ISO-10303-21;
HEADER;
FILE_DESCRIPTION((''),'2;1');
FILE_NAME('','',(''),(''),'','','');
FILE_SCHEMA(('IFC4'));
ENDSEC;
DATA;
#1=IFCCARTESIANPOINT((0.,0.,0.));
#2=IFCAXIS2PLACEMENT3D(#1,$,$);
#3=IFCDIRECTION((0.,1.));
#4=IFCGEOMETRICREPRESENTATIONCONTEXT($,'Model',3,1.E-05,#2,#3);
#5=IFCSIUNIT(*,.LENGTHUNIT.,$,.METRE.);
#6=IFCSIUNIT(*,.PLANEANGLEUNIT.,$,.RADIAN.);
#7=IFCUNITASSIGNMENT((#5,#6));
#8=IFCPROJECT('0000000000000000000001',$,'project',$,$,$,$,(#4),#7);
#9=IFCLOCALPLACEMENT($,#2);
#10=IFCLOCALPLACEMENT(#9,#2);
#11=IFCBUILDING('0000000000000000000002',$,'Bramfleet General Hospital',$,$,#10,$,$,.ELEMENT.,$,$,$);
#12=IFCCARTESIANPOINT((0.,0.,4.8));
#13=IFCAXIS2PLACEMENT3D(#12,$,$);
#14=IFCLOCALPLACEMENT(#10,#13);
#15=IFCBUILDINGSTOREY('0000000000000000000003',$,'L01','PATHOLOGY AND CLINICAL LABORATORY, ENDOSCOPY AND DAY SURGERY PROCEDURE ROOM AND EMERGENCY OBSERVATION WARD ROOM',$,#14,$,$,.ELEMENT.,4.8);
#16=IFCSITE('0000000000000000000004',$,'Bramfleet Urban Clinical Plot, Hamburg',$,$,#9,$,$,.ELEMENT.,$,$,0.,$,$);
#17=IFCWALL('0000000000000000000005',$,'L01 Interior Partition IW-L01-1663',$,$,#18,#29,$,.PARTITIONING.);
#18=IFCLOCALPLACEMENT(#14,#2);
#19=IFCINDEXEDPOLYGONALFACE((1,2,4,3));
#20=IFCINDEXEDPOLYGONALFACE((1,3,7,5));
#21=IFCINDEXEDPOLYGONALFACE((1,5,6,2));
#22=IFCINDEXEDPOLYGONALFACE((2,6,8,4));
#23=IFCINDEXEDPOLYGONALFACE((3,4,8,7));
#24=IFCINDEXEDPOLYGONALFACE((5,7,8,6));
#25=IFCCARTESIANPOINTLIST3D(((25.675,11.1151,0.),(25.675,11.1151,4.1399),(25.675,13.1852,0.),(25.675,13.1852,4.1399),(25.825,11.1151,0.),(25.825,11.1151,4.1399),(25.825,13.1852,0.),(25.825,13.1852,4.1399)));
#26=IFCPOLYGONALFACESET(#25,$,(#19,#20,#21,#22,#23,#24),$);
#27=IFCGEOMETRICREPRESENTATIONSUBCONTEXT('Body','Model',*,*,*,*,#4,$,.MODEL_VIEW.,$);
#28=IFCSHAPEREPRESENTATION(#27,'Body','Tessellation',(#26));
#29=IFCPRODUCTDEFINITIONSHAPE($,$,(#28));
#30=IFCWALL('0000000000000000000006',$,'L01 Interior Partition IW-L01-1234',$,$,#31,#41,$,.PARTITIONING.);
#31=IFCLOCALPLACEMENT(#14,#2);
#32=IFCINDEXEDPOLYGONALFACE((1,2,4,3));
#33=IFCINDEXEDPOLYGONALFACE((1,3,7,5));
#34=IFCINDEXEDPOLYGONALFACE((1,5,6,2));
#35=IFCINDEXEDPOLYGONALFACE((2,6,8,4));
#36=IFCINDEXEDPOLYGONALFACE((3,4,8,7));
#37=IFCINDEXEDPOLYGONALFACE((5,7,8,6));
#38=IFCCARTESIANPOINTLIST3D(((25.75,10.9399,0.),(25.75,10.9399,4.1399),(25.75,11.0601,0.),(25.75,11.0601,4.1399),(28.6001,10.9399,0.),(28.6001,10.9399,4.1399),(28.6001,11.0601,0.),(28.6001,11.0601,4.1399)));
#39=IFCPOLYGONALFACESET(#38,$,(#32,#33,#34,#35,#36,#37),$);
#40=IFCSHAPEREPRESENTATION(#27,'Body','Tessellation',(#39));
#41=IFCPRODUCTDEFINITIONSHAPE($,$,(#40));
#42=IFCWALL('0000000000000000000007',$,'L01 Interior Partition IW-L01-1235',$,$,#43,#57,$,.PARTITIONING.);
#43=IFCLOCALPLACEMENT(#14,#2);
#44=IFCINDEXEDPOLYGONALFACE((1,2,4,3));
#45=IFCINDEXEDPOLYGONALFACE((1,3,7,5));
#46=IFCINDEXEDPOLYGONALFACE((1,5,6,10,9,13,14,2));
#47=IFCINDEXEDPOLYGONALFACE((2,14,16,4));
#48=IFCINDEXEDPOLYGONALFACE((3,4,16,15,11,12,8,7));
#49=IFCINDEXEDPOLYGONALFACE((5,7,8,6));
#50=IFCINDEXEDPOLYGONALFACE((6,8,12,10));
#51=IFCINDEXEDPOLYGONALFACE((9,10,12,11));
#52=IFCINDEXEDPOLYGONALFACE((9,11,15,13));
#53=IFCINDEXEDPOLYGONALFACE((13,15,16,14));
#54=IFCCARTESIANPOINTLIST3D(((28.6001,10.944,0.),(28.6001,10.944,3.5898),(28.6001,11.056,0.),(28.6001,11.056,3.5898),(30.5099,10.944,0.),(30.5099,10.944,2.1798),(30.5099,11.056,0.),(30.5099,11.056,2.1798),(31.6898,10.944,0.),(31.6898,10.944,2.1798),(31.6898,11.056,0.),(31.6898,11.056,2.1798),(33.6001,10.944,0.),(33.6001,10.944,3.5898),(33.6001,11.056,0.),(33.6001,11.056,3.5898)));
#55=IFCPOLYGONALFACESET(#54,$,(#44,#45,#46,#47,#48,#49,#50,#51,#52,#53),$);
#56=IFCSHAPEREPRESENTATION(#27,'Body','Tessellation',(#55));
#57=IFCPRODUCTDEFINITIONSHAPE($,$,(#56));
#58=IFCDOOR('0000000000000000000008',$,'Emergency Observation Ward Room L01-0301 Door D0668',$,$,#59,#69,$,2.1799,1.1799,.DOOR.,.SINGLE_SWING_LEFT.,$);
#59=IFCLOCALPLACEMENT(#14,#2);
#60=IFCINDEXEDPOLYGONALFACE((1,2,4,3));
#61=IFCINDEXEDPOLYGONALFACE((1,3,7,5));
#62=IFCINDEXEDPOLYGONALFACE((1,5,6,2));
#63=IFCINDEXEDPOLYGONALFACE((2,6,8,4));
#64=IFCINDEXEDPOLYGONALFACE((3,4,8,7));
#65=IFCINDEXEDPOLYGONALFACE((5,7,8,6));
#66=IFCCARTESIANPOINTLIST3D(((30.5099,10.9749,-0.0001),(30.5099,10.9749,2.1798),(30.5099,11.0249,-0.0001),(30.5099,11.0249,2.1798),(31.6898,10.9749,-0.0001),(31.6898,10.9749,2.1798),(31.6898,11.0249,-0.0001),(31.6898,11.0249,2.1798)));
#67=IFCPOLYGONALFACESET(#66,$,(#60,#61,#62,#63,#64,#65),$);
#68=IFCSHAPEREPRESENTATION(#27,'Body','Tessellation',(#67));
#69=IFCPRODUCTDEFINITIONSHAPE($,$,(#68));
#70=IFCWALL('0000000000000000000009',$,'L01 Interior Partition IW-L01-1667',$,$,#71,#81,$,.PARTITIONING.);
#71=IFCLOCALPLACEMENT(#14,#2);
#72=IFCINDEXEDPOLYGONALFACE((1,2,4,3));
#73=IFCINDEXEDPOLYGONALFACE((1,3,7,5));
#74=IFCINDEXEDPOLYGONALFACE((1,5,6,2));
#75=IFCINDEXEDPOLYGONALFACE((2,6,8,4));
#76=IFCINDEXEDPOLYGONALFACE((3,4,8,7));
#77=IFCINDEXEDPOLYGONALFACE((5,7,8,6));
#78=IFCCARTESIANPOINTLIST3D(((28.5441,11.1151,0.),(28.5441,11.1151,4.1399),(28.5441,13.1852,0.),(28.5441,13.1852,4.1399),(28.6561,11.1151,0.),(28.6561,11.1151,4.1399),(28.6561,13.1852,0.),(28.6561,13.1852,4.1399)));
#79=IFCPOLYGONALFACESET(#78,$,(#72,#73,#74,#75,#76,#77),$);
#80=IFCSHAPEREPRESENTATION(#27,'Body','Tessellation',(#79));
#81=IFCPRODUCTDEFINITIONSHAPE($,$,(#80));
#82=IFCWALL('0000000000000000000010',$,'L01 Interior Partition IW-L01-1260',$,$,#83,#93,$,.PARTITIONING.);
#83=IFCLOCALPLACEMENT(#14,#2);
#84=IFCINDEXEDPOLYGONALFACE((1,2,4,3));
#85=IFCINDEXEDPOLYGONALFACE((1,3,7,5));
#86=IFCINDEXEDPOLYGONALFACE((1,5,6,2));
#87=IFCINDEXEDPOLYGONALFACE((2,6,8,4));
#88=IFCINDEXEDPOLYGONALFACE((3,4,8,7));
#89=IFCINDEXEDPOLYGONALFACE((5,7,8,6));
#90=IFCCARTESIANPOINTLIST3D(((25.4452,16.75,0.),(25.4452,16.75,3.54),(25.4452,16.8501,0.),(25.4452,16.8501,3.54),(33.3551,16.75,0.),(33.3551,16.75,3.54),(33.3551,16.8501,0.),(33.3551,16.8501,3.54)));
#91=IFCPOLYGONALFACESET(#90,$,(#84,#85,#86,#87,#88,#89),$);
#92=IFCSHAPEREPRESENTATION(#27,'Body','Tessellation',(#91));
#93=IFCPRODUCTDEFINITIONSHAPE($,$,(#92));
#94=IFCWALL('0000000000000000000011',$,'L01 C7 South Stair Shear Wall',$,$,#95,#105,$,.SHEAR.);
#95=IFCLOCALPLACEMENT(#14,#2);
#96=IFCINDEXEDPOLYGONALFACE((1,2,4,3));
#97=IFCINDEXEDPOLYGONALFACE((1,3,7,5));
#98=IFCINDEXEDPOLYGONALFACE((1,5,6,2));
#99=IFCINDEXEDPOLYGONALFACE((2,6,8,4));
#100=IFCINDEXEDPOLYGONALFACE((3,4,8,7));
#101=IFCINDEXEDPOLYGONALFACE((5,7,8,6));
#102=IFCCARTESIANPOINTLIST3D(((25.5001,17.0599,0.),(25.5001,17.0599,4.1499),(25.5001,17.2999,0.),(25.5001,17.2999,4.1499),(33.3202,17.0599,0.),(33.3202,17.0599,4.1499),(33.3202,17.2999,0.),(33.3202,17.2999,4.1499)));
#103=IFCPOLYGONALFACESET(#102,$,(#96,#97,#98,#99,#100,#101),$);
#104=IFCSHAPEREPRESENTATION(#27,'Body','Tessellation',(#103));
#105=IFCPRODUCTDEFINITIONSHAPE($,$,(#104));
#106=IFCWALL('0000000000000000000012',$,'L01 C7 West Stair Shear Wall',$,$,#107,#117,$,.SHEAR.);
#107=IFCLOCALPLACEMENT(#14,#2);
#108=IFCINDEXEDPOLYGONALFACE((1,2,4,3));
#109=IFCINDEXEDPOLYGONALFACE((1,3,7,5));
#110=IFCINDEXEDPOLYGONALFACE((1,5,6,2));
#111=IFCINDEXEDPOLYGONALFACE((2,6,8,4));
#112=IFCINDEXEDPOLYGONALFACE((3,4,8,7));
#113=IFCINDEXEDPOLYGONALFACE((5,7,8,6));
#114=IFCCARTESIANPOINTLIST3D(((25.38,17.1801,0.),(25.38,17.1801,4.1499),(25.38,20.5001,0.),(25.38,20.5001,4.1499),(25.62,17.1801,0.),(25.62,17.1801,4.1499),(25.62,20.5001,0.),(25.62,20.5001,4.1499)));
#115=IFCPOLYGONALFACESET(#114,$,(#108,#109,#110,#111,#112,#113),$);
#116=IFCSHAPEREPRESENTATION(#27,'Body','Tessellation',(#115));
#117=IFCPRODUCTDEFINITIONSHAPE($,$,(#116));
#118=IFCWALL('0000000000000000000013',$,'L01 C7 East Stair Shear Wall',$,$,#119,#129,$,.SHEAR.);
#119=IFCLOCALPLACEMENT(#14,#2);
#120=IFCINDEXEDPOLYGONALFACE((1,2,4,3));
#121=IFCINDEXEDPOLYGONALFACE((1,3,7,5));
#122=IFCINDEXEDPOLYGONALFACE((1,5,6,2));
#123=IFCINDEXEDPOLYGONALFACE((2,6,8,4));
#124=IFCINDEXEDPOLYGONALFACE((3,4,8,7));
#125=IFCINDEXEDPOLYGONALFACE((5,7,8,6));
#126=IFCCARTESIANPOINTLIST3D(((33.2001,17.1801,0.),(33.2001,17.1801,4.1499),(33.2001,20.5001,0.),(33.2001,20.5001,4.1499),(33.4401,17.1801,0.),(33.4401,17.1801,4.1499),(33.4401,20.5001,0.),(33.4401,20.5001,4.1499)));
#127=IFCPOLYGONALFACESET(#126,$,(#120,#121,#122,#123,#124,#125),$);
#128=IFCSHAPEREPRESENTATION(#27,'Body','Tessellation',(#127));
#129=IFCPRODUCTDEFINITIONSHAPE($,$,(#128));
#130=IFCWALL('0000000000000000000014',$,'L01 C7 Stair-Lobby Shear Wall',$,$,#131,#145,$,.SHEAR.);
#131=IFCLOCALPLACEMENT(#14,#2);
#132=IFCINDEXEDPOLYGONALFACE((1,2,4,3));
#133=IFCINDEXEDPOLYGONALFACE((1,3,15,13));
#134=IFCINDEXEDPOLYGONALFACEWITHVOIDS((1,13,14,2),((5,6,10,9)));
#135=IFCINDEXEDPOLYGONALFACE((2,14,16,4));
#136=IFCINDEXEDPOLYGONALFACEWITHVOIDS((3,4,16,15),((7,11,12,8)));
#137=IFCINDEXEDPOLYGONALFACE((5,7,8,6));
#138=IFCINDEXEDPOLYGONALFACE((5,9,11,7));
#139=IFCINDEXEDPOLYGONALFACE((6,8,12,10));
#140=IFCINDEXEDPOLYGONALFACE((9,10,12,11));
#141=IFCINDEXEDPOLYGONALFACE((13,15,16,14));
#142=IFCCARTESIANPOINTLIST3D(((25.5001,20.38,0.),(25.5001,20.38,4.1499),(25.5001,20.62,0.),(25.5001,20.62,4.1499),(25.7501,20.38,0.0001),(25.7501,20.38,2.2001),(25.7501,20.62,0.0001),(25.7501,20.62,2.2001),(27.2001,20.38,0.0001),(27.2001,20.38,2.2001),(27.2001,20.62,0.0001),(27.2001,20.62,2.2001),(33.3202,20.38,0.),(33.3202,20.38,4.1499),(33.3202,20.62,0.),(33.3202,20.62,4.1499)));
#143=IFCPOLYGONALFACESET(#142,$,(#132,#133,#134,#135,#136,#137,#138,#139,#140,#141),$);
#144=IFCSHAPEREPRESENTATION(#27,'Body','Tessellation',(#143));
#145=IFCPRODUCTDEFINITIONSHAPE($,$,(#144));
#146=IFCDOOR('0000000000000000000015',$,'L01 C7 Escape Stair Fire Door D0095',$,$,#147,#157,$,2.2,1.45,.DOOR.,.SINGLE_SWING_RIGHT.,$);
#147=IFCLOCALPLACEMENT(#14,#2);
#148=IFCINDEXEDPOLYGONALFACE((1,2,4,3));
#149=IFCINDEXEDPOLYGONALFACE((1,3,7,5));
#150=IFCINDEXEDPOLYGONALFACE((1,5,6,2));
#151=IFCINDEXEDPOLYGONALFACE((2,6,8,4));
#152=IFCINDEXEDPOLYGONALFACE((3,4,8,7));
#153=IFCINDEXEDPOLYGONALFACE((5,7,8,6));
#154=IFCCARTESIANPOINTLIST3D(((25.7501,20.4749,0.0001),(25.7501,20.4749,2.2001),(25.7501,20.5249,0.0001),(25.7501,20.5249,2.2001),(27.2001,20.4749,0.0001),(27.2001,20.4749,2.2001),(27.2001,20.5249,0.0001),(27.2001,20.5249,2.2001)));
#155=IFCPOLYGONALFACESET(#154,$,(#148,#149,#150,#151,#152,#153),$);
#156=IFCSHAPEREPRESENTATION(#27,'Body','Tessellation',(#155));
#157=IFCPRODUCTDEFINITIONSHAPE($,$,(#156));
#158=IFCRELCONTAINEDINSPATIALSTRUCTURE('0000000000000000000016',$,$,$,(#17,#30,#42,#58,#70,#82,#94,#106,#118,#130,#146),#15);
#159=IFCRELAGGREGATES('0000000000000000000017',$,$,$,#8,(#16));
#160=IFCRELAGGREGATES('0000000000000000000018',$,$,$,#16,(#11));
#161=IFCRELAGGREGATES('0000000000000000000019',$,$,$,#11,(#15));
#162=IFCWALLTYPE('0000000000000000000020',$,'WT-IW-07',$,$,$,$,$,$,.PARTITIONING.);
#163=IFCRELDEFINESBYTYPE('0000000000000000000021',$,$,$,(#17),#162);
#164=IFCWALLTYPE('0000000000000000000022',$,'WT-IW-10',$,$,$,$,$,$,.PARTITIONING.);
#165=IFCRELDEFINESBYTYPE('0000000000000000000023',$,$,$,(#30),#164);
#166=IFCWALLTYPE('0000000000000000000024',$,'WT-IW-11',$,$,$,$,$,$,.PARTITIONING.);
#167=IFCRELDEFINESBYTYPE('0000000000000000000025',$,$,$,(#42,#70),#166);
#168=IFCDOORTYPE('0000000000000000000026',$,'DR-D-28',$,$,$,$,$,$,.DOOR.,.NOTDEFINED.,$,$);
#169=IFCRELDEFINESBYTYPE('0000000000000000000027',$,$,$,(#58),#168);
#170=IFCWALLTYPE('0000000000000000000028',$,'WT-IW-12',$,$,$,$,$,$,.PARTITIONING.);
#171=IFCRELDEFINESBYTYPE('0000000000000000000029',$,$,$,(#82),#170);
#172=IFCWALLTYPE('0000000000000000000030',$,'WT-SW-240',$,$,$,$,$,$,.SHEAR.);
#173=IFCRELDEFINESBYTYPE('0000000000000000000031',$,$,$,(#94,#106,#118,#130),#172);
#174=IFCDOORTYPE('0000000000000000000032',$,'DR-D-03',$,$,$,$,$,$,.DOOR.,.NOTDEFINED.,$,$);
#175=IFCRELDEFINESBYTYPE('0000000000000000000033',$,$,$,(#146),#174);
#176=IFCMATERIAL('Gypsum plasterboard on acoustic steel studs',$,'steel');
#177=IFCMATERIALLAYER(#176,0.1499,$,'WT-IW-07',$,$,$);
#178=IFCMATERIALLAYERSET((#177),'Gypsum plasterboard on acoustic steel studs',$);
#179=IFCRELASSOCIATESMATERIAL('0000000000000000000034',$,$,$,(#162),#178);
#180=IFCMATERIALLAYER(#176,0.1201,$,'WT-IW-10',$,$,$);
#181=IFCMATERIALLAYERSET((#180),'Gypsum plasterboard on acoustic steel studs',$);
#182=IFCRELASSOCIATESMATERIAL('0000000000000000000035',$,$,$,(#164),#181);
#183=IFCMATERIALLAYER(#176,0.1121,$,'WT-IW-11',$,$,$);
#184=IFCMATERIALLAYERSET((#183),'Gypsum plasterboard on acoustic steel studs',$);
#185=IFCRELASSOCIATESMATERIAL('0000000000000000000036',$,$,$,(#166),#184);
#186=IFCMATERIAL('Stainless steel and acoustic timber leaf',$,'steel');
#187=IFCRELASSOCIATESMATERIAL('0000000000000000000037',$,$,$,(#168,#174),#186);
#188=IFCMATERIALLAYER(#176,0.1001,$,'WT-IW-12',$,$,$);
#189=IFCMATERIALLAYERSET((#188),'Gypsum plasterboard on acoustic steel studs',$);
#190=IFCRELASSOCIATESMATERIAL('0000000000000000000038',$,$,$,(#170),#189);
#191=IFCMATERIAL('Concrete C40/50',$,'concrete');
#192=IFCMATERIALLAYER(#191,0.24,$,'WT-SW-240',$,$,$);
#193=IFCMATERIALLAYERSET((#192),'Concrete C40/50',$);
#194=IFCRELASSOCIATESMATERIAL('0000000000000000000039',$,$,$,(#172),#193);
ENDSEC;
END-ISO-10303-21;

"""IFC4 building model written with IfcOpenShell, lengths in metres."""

from ifc_helpers import new_model, si_unit, direction, frame, frame_2d, origin, place, context, subcontext, project, spatial, rectangle, extrude, material, layer, layer_set, type_object, element, fill, save


model = new_model("IFC4")

# Units and contexts
model_context = context("Model", 3, precision=1e-05, world=origin(), true_north=direction((0.0, 1.0)))
body_context = subcontext(model_context, "Body", "Model", "MODEL_VIEW")
ifc_project = project(units=[si_unit("LENGTHUNIT", "METRE"), si_unit("PLANEANGLEUNIT", "RADIAN")], contexts=[model_context])

# Site, building, storey
site_placement = place(None, origin())
site = spatial("IfcSite", under=ifc_project, at=site_placement, Name="Bramfleet Urban Clinical Plot, Hamburg", CompositionType="ELEMENT", RefElevation=0.0)
building_placement = place(site_placement, origin())
building = spatial("IfcBuilding", under=site, at=building_placement, Name="Bramfleet General Hospital", CompositionType="ELEMENT")
storey_placement = place(building_placement, frame((0.0, 0.0, 4.8)))
storey = spatial("IfcBuildingStorey", under=building, at=storey_placement, Name="L01", Description="PATHOLOGY AND CLINICAL LABORATORY, ENDOSCOPY AND DAY SURGERY PROCEDURE ROOM AND EMERGENCY OBSERVATION WARD ROOM", CompositionType="ELEMENT", Elevation=4.8)

# Shared definitions
ifc_material_1 = material(Name="Stainless steel and acoustic timber leaf", Category="steel")
ifc_material_2 = material(Name="Gypsum plasterboard on acoustic steel studs", Category="steel")
ifc_layer_1 = layer(ifc_material_2, 0.1499, Name="WT-IW-07")
ifc_layer_set_1 = layer_set([ifc_layer_1], Name="Gypsum plasterboard on acoustic steel studs")
wall_type_1 = type_object("IfcWallType", Name="WT-IW-07", PredefinedType="PARTITIONING", material=ifc_layer_set_1)

# Walls
wall_1_placement = place(storey_placement, frame((25.75, 11.115, 0.0), z_axis=(0.0, 0.0, 1.0), x_axis=(0.0, 1.0, 0.0)))
element("IfcWall", 1, at=wall_1_placement, inside=storey, type_object=wall_type_1, Name="L01 Interior Partition IW-L01-1663", PredefinedType="PARTITIONING", context=body_context, shape_type="SweptSolid", body=[
    extrude(rectangle(XDim=2.0701, YDim=0.1499, at=frame_2d((1.0352, 0.0))), origin(), (0.0, 0.0, 1.0), 4.1399),
])
ifc_layer_2 = layer(ifc_material_2, 0.1201, Name="WT-IW-10")
ifc_layer_set_2 = layer_set([ifc_layer_2], Name="Gypsum plasterboard on acoustic steel studs")
wall_type_2 = type_object("IfcWallType", Name="WT-IW-10", PredefinedType="PARTITIONING", material=ifc_layer_set_2)
wall_2_placement = place(storey_placement, frame((25.75, 11.0, 0.0), z_axis=(0.0, 0.0, 1.0), x_axis=(1.0, 0.0, 0.0)))
element("IfcWall", 2, at=wall_2_placement, inside=storey, type_object=wall_type_2, Name="L01 Interior Partition IW-L01-1234", PredefinedType="PARTITIONING", context=body_context, shape_type="SweptSolid", body=[
    extrude(rectangle(XDim=2.8501, YDim=0.1201, at=frame_2d((1.425, 0.0))), origin(), (0.0, 0.0, 1.0), 4.1399),
])

# Wall, opening, door
ifc_layer_3 = layer(ifc_material_2, 0.1121, Name="WT-IW-11")
ifc_layer_set_3 = layer_set([ifc_layer_3], Name="Gypsum plasterboard on acoustic steel studs")
wall_type_3 = type_object("IfcWallType", Name="WT-IW-11", PredefinedType="PARTITIONING", material=ifc_layer_set_3)
wall_3_placement = place(storey_placement, frame((28.6001, 11.0, 0.0), z_axis=(0.0, 0.0, 1.0), x_axis=(1.0, 0.0, 0.0)))
wall_3 = element("IfcWall", 3, at=wall_3_placement, inside=storey, type_object=wall_type_3, Name="L01 Interior Partition IW-L01-1235", PredefinedType="PARTITIONING", context=body_context, shape_type="SweptSolid", body=[
    extrude(rectangle(XDim=5.0, YDim=0.1121, at=frame_2d((2.5, 0.0))), origin(), (0.0, 0.0, 1.0), 3.5898),
])
opening_1_placement = place(wall_3_placement, frame((1.9099, 0.0, 0.0)))
opening_1 = element("IfcOpeningElement", 4, at=opening_1_placement, cuts=wall_3, PredefinedType="OPENING", context=body_context, shape_type="SweptSolid", body=[
    extrude(rectangle(XDim=1.1799, YDim=2.1799, at=frame_2d((0.5898, 1.0898))), frame((0.0, 0.0659, 0.0), z_axis=(0.0, -1.0, 0.0), x_axis=(1.0, 0.0, 0.0)), (0.0, 0.0, 1.0), 0.1321),
])
door_type_1 = type_object("IfcDoorType", Name="DR-D-28", OperationType="NOTDEFINED", PredefinedType="DOOR", material=ifc_material_1)
door_1_placement = place(opening_1_placement, origin())
door_1 = element("IfcDoor", 5, at=door_1_placement, inside=storey, type_object=door_type_1, Name="Emergency Observation Ward Room L01-0301 Door D0668", OperationType="SINGLE_SWING_LEFT", OverallHeight=2.1799, OverallWidth=1.1799, PredefinedType="DOOR", context=body_context, shape_type="SweptSolid", body=[
    extrude(rectangle(XDim=1.1799, YDim=2.1799, at=frame_2d((0.5898, 1.0898))), frame((0.0, 0.0249, 0.0), z_axis=(0.0, -1.0, 0.0), x_axis=(1.0, 0.0, 0.0)), (0.0, 0.0, 1.0), 0.05),
])
fill(opening_1, door_1)

# Walls
wall_4_placement = place(storey_placement, frame((28.6001, 11.115, 0.0), z_axis=(0.0, 0.0, 1.0), x_axis=(0.0, 1.0, 0.0)))
element("IfcWall", 6, at=wall_4_placement, inside=storey, type_object=wall_type_3, Name="L01 Interior Partition IW-L01-1667", PredefinedType="PARTITIONING", context=body_context, shape_type="SweptSolid", body=[
    extrude(rectangle(XDim=2.0701, YDim=0.1121, at=frame_2d((1.0352, 0.0))), origin(), (0.0, 0.0, 1.0), 4.1399),
])
ifc_layer_4 = layer(ifc_material_2, 0.1001, Name="WT-IW-12")
ifc_layer_set_4 = layer_set([ifc_layer_4], Name="Gypsum plasterboard on acoustic steel studs")
wall_type_4 = type_object("IfcWallType", Name="WT-IW-12", PredefinedType="PARTITIONING", material=ifc_layer_set_4)
wall_5_placement = place(storey_placement, frame((25.4451, 16.8, 0.0), z_axis=(0.0, 0.0, 1.0), x_axis=(1.0, 0.0, 0.0)))
element("IfcWall", 7, at=wall_5_placement, inside=storey, type_object=wall_type_4, Name="L01 Interior Partition IW-L01-1260", PredefinedType="PARTITIONING", context=body_context, shape_type="SweptSolid", body=[
    extrude(rectangle(XDim=7.9099, YDim=0.1001, at=frame_2d((3.9551, 0.0))), origin(), (0.0, 0.0, 1.0), 3.54),
])
ifc_material_3 = material(Name="Concrete C40/50", Category="concrete")
ifc_layer_5 = layer(ifc_material_3, 0.24, Name="WT-SW-240")
ifc_layer_set_5 = layer_set([ifc_layer_5], Name="Concrete C40/50")
wall_type_5 = type_object("IfcWallType", Name="WT-SW-240", PredefinedType="SHEAR", material=ifc_layer_set_5)
wall_6_placement = place(storey_placement, frame((25.5, 17.1799, 0.0), z_axis=(0.0, 0.0, 1.0), x_axis=(1.0, 0.0, 0.0)))
element("IfcWall", 8, at=wall_6_placement, inside=storey, type_object=wall_type_5, Name="L01 C7 South Stair Shear Wall", PredefinedType="SHEAR", context=body_context, shape_type="SweptSolid", body=[
    extrude(rectangle(XDim=7.8201, YDim=0.24, at=frame_2d((3.9102, 0.0))), origin(), (0.0, 0.0, 1.0), 4.1499),
])
for number, where, z_axis, x_axis, name in (
    (9, (25.5, 17.1799, 0.0), (0.0, 0.0, 1.0), (0.0, 1.0, 0.0), "L01 C7 West Stair Shear Wall"),
    (10, (33.3201, 17.1799, 0.0), (0.0, 0.0, 1.0), (0.0, 1.0, 0.0), "L01 C7 East Stair Shear Wall"),
):
    element("IfcWall", number, at=place(storey_placement, frame(where, z_axis=z_axis, x_axis=x_axis)), inside=storey, type_object=wall_type_5, Name=name, PredefinedType="SHEAR", context=body_context, shape_type="SweptSolid", body=[
        extrude(rectangle(XDim=3.3201, YDim=0.24, at=frame_2d((1.6602, 0.0))), origin(), (0.0, 0.0, 1.0), 4.1499),
    ])

# Wall, opening, door
wall_7_placement = place(storey_placement, frame((25.5, 20.5, 0.0), z_axis=(0.0, 0.0, 1.0), x_axis=(1.0, 0.0, 0.0)))
wall_7 = element("IfcWall", 11, at=wall_7_placement, inside=storey, type_object=wall_type_5, Name="L01 C7 Stair-Lobby Shear Wall", PredefinedType="SHEAR", context=body_context, shape_type="SweptSolid", body=[
    extrude(rectangle(XDim=7.8201, YDim=0.24, at=frame_2d((3.9102, 0.0))), origin(), (0.0, 0.0, 1.0), 4.1499),
])
opening_2_placement = place(wall_7_placement, frame((0.25, 0.0, 0.0)))
opening_2 = element("IfcOpeningElement", 12, at=opening_2_placement, cuts=wall_7, PredefinedType="OPENING", context=body_context, shape_type="SweptSolid", body=[
    extrude(rectangle(XDim=1.45, YDim=2.2, at=frame_2d((0.7251, 1.1001))), frame((0.0, 0.1299, 0.0), z_axis=(0.0, -1.0, 0.0), x_axis=(1.0, 0.0, 0.0)), (0.0, 0.0, 1.0), 0.26),
])
door_type_2 = type_object("IfcDoorType", Name="DR-D-03", OperationType="NOTDEFINED", PredefinedType="DOOR", material=ifc_material_1)
door_2_placement = place(opening_2_placement, origin())
door_2 = element("IfcDoor", 13, at=door_2_placement, inside=storey, type_object=door_type_2, Name="L01 C7 Escape Stair Fire Door D0095", OperationType="SINGLE_SWING_RIGHT", OverallHeight=2.2, OverallWidth=1.45, PredefinedType="DOOR", context=body_context, shape_type="SweptSolid", body=[
    extrude(rectangle(XDim=1.45, YDim=2.2, at=frame_2d((0.7251, 1.1001))), frame((0.0, 0.0249, 0.0), z_axis=(0.0, -1.0, 0.0), x_axis=(1.0, 0.0, 0.0)), (0.0, 0.0, 1.0), 0.05),
])
fill(opening_2, door_2)

save(model, "model.ifc")
